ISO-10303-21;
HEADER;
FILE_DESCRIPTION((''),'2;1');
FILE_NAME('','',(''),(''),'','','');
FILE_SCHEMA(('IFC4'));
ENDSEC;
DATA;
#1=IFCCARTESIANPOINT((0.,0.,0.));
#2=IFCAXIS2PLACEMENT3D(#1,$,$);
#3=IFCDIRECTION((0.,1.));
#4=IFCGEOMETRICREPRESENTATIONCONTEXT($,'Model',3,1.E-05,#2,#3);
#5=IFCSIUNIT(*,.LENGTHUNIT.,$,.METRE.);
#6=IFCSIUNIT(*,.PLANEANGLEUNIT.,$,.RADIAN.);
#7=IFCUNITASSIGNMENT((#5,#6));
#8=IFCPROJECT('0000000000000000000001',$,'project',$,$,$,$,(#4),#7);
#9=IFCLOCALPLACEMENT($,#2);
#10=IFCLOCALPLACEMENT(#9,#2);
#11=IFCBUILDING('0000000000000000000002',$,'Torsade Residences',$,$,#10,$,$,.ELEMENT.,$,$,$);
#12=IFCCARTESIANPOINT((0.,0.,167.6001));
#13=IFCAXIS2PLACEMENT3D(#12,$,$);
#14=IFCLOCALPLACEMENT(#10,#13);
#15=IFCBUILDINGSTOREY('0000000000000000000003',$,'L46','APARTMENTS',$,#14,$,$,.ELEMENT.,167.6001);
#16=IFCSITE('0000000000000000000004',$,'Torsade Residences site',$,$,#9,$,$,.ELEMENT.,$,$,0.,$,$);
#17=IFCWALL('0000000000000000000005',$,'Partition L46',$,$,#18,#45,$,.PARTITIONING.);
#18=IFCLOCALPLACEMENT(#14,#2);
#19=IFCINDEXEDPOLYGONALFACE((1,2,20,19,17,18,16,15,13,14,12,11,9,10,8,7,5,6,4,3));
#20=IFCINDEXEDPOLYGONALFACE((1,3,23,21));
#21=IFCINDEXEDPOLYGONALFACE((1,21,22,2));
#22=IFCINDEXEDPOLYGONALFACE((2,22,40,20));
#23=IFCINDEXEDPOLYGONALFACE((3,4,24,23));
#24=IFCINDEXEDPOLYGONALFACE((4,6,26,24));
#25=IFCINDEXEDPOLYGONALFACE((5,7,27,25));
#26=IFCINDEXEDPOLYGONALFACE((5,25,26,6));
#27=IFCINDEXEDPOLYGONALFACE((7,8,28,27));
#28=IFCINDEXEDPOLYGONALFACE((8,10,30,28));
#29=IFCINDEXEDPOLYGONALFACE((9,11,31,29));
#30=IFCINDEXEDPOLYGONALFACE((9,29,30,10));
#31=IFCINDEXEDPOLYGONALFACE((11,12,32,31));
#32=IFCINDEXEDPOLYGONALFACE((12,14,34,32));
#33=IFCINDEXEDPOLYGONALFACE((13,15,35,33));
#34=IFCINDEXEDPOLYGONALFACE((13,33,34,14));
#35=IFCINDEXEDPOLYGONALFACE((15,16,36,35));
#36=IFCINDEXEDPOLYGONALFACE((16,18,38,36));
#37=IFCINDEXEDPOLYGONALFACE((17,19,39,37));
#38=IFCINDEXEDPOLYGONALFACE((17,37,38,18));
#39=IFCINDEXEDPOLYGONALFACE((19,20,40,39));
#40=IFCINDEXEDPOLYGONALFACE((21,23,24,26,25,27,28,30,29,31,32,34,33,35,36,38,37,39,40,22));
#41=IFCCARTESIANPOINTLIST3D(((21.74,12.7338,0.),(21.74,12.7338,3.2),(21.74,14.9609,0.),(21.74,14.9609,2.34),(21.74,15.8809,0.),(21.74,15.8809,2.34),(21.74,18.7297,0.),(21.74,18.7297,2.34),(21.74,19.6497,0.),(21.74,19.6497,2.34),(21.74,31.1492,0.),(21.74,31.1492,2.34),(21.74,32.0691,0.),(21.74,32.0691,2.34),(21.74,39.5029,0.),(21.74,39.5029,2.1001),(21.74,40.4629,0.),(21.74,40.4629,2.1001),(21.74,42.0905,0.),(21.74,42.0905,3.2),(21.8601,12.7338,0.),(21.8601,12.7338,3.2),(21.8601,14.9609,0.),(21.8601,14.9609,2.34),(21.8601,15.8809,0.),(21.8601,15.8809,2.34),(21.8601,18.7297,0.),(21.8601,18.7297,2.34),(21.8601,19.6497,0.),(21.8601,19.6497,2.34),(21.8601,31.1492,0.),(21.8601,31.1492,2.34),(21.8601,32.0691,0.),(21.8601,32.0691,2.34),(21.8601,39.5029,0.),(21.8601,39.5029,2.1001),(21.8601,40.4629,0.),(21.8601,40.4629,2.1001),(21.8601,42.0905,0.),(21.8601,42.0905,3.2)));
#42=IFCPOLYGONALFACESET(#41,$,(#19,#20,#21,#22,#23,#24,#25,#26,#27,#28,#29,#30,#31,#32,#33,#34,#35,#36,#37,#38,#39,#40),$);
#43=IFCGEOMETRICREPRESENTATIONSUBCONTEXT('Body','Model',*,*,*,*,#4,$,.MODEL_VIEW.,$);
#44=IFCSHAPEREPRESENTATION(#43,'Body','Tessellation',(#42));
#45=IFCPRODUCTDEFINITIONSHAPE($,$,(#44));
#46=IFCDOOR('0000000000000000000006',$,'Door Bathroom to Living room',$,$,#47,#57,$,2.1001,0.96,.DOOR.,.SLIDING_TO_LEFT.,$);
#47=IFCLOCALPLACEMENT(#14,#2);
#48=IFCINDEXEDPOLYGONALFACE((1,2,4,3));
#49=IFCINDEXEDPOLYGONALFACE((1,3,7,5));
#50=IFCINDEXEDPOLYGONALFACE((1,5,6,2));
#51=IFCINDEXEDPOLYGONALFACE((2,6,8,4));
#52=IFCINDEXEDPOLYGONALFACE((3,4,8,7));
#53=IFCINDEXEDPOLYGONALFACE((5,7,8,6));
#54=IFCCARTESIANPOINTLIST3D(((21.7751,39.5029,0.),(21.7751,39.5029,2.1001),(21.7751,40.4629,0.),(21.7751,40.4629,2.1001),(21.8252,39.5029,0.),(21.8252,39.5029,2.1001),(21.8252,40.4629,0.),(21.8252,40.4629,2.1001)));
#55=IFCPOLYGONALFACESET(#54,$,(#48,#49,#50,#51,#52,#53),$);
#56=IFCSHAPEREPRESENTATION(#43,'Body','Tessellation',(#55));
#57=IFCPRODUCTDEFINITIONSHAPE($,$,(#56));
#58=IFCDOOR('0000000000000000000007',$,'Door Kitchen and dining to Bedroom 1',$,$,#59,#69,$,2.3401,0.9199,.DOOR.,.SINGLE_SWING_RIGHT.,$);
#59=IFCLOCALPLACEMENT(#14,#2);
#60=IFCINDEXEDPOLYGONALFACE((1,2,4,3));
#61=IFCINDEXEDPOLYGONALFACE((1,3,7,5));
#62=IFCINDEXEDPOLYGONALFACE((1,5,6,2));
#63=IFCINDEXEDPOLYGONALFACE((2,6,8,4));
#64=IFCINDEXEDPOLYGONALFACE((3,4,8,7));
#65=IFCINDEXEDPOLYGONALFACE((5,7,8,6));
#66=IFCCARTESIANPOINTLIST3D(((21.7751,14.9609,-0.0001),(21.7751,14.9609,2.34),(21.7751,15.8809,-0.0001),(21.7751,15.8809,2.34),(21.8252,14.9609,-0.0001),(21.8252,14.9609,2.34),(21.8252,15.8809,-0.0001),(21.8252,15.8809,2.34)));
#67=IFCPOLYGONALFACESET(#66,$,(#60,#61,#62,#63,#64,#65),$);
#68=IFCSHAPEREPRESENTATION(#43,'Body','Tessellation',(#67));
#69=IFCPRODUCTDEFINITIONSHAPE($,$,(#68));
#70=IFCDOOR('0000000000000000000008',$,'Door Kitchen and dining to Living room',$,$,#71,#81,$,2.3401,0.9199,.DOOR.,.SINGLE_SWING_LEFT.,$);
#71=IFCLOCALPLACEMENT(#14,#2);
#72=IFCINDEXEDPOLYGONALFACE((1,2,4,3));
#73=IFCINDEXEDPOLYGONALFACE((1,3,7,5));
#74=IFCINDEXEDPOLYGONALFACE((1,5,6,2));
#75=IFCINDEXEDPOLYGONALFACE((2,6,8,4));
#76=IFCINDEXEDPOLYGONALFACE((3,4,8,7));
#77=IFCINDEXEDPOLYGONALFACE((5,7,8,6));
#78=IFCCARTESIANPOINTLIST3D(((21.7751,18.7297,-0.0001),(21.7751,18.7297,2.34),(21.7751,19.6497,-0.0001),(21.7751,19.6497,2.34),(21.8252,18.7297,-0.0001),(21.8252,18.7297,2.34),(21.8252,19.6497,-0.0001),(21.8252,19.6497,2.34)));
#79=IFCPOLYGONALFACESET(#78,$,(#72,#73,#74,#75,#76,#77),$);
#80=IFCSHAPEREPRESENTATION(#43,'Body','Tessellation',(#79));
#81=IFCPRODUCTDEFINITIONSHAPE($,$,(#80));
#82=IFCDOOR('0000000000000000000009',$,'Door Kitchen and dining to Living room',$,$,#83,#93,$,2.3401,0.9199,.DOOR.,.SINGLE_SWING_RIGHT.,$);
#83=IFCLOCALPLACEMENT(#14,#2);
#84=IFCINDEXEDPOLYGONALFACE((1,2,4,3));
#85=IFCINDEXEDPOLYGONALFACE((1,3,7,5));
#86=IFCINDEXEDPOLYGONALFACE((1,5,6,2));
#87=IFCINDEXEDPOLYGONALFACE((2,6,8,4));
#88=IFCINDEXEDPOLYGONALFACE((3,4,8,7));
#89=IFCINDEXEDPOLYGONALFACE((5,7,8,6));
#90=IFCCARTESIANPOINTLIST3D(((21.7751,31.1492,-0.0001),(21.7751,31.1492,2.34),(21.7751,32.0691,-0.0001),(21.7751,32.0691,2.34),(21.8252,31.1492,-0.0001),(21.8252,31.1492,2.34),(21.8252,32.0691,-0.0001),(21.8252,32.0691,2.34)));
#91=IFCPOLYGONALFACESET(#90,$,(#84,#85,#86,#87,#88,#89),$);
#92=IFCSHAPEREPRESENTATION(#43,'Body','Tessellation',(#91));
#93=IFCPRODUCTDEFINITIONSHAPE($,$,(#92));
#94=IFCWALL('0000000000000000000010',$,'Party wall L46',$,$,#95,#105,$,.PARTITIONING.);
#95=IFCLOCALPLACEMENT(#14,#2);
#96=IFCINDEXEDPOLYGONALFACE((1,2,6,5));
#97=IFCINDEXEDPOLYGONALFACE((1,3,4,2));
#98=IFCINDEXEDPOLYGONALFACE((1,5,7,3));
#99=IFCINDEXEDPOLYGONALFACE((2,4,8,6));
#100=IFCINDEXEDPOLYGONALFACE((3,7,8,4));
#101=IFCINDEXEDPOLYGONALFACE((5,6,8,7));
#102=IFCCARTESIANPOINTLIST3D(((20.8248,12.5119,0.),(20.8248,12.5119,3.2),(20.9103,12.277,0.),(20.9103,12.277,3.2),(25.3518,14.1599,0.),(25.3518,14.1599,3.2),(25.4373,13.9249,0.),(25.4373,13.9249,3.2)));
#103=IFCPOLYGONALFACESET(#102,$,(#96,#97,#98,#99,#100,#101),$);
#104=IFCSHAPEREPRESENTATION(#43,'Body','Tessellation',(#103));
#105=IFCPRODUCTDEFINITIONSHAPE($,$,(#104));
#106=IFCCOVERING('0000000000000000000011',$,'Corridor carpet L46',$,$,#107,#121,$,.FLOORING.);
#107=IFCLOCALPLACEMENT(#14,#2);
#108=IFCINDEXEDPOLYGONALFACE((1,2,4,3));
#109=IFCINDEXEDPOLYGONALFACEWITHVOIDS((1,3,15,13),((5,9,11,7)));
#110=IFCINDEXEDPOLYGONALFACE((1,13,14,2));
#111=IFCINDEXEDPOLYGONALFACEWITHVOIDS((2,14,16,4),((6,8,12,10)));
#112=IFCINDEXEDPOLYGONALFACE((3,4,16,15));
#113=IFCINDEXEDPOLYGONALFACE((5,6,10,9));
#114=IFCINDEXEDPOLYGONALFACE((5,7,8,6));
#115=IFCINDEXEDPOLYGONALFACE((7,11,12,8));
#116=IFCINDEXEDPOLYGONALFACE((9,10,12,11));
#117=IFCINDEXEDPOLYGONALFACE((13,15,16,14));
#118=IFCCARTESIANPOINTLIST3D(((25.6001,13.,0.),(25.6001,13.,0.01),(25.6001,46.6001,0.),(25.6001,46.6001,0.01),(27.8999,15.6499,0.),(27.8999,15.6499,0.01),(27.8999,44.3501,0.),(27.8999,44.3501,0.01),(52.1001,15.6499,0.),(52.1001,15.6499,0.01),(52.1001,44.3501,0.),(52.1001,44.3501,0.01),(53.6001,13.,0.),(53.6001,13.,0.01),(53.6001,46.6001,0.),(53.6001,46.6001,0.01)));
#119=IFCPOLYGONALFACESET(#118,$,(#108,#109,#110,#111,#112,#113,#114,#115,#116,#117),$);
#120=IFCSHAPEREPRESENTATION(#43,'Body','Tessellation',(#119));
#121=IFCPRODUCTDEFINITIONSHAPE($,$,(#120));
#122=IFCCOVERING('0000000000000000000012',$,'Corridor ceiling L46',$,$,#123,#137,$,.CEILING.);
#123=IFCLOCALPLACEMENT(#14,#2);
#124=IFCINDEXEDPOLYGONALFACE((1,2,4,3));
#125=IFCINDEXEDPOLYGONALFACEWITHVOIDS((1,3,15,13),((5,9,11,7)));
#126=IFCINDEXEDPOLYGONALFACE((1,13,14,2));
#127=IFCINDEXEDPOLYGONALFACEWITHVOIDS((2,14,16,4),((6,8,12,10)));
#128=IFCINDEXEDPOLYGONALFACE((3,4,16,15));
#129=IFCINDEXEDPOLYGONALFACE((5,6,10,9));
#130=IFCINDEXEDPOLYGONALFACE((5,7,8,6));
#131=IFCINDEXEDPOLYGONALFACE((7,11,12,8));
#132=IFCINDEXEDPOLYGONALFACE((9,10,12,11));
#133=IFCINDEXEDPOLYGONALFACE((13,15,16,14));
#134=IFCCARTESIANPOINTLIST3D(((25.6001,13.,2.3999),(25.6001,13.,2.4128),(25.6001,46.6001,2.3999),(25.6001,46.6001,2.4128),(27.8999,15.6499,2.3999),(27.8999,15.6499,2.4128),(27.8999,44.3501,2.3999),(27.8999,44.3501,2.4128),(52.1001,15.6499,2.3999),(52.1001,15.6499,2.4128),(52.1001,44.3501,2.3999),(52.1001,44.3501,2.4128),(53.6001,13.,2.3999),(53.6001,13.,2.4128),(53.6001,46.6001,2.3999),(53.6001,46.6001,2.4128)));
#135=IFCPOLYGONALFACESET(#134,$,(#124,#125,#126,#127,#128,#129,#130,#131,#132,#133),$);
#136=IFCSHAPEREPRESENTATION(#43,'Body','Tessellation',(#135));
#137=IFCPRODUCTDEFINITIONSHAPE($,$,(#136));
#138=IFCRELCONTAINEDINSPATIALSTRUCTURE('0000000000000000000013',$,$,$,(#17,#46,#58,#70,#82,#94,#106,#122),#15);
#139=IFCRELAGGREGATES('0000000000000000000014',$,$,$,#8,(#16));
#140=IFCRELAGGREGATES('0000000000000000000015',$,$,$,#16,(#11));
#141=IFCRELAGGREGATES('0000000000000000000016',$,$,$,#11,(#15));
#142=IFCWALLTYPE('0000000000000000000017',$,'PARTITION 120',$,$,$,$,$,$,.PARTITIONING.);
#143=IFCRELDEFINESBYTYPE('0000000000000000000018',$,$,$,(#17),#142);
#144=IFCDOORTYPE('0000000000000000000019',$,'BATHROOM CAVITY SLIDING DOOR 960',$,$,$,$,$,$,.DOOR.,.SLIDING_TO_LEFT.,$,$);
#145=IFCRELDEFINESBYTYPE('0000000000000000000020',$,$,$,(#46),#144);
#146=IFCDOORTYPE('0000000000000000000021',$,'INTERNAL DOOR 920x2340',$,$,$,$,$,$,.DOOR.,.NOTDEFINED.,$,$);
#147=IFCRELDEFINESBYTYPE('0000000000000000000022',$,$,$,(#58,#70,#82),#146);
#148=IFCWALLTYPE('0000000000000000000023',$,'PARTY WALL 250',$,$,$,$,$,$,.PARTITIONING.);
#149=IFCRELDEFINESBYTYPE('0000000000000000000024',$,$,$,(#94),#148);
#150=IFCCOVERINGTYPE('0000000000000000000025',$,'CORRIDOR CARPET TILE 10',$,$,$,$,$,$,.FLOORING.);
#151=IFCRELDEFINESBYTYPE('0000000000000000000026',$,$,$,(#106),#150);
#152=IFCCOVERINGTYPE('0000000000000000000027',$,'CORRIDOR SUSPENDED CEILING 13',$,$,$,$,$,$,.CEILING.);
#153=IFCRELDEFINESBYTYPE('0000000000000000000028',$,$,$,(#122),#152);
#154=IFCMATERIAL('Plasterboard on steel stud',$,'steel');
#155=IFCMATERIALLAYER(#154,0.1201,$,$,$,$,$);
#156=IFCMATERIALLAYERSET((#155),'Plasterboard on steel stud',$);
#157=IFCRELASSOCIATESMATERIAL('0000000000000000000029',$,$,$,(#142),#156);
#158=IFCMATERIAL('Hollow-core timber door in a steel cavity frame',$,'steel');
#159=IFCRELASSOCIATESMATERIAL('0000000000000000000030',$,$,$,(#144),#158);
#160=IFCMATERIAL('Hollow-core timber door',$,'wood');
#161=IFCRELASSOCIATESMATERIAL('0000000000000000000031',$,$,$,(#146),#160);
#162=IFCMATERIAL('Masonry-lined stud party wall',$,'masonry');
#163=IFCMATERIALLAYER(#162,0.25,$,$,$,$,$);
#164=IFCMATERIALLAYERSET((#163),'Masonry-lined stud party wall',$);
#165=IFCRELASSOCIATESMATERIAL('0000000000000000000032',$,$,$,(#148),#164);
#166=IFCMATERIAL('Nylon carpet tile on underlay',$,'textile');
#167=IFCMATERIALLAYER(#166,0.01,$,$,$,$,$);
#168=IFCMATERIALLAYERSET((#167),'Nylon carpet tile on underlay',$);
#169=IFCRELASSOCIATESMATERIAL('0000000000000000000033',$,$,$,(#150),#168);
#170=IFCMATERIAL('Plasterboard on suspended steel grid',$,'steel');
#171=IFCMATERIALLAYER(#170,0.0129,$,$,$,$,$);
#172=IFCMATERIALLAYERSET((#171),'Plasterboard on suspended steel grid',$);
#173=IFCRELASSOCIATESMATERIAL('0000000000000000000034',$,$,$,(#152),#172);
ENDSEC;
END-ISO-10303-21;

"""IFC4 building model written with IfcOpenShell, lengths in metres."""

from ifc_helpers import new_model, si_unit, direction, frame, frame_2d, origin, place, context, subcontext, project, spatial, polyline, rectangle, outline, extrude, material, layer, layer_set, type_object, element, fill, save


model = new_model("IFC4")

# Units and contexts
model_context = context("Model", 3, precision=1e-05, world=origin(), true_north=direction((0.0, 1.0)))
body_context = subcontext(model_context, "Body", "Model", "MODEL_VIEW")
ifc_project = project(units=[si_unit("LENGTHUNIT", "METRE"), si_unit("PLANEANGLEUNIT", "RADIAN")], contexts=[model_context])

# Site, building, storey
site_placement = place(None, origin())
site = spatial("IfcSite", under=ifc_project, at=site_placement, Name="Torsade Residences site", CompositionType="ELEMENT", RefElevation=0.0)
building_placement = place(site_placement, origin())
building = spatial("IfcBuilding", under=site, at=building_placement, Name="Torsade Residences", CompositionType="ELEMENT")
storey_placement = place(building_placement, frame((0.0, 0.0, 167.6001)))
storey = spatial("IfcBuildingStorey", under=building, at=storey_placement, Name="L46", Description="APARTMENTS", CompositionType="ELEMENT", Elevation=167.6001)

# Wall, openings, doors
ifc_material_1 = material(Name="Plasterboard on steel stud", Category="steel")
ifc_layer_1 = layer(ifc_material_1, 0.1201)
ifc_layer_set_1 = layer_set([ifc_layer_1], Name="Plasterboard on steel stud")
wall_type_1 = type_object("IfcWallType", Name="PARTITION 120", PredefinedType="PARTITIONING", material=ifc_layer_set_1)
wall_1_placement = place(storey_placement, frame((21.8, 12.7339, 0.0), z_axis=(0.0, 0.0, 1.0), x_axis=(0.0, 1.0, 0.0)))
wall_1 = element("IfcWall", 1, at=wall_1_placement, inside=storey, type_object=wall_type_1, Name="Partition L46", PredefinedType="PARTITIONING", context=body_context, shape_type="SweptSolid", body=[
    extrude(rectangle(XDim=29.3567, YDim=0.1201, at=frame_2d((14.6782, 0.0))), origin(), (0.0, 0.0, 1.0), 3.2),
])
opening_1_placement = place(wall_1_placement, frame((2.2271, 0.0, 0.0)))
opening_1 = element("IfcOpeningElement", 2, at=opening_1_placement, cuts=wall_1, PredefinedType="OPENING", context=body_context, shape_type="SweptSolid", body=[
    extrude(rectangle(XDim=0.9199, YDim=2.3401, at=frame_2d((0.46, 1.1699))), frame((0.0, 0.0701, 0.0), z_axis=(0.0, -1.0, 0.0), x_axis=(1.0, 0.0, 0.0)), (0.0, 0.0, 1.0), 0.1401),
])
opening_2_placement = place(wall_1_placement, frame((5.9958, 0.0, 0.0)))
opening_2 = element("IfcOpeningElement", 3, at=opening_2_placement, cuts=wall_1, PredefinedType="OPENING", context=body_context, shape_type="SweptSolid", body=[
    extrude(rectangle(XDim=0.9199, YDim=2.3401, at=frame_2d((0.46, 1.1699))), frame((0.0, 0.0701, 0.0), z_axis=(0.0, -1.0, 0.0), x_axis=(1.0, 0.0, 0.0)), (0.0, 0.0, 1.0), 0.1401),
])
opening_3_placement = place(wall_1_placement, frame((18.4153, 0.0, 0.0)))
opening_3 = element("IfcOpeningElement", 4, at=opening_3_placement, cuts=wall_1, PredefinedType="OPENING", context=body_context, shape_type="SweptSolid", body=[
    extrude(rectangle(XDim=0.9199, YDim=2.3401, at=frame_2d((0.46, 1.1699))), frame((0.0, 0.0701, 0.0), z_axis=(0.0, -1.0, 0.0), x_axis=(1.0, 0.0, 0.0)), (0.0, 0.0, 1.0), 0.1401),
])
opening_4_placement = place(wall_1_placement, frame((26.769, 0.0, 0.0)))
opening_4 = element("IfcOpeningElement", 5, at=opening_4_placement, cuts=wall_1, PredefinedType="OPENING", context=body_context, shape_type="SweptSolid", body=[
    extrude(rectangle(XDim=0.96, YDim=2.1001, at=frame_2d((0.48, 1.05))), frame((0.0, 0.0701, 0.0), z_axis=(0.0, -1.0, 0.0), x_axis=(1.0, 0.0, 0.0)), (0.0, 0.0, 1.0), 0.1401),
])
ifc_material_2 = material(Name="Hollow-core timber door in a steel cavity frame", Category="steel")
door_type_1 = type_object("IfcDoorType", Name="BATHROOM CAVITY SLIDING DOOR 960", OperationType="SLIDING_TO_LEFT", PredefinedType="DOOR", material=ifc_material_2)
door_1_placement = place(opening_4_placement, origin())
door_1 = element("IfcDoor", 6, at=door_1_placement, inside=storey, type_object=door_type_1, Name="Door Bathroom to Living room", OperationType="SLIDING_TO_LEFT", OverallHeight=2.1001, OverallWidth=0.96, PredefinedType="DOOR", context=body_context, shape_type="SweptSolid", body=[
    extrude(rectangle(XDim=0.96, YDim=2.1001, at=frame_2d((0.48, 1.05))), frame((0.0, 0.0249, 0.0), z_axis=(0.0, -1.0, 0.0), x_axis=(1.0, 0.0, 0.0)), (0.0, 0.0, 1.0), 0.05),
])
fill(opening_4, door_1)
ifc_material_3 = material(Name="Hollow-core timber door", Category="wood")
door_type_2 = type_object("IfcDoorType", Name="INTERNAL DOOR 920x2340", OperationType="NOTDEFINED", PredefinedType="DOOR", material=ifc_material_3)
door_2_placement = place(opening_1_placement, origin())
door_2 = element("IfcDoor", 7, at=door_2_placement, inside=storey, type_object=door_type_2, Name="Door Kitchen and dining to Bedroom 1", OperationType="SINGLE_SWING_RIGHT", OverallHeight=2.3401, OverallWidth=0.9199, PredefinedType="DOOR", context=body_context, shape_type="SweptSolid", body=[
    extrude(rectangle(XDim=0.9199, YDim=2.3401, at=frame_2d((0.46, 1.1699))), frame((0.0, 0.0249, 0.0), z_axis=(0.0, -1.0, 0.0), x_axis=(1.0, 0.0, 0.0)), (0.0, 0.0, 1.0), 0.05),
])
fill(opening_1, door_2)
door_3_placement = place(opening_2_placement, origin())
door_3 = element("IfcDoor", 8, at=door_3_placement, inside=storey, type_object=door_type_2, Name="Door Kitchen and dining to Living room", OperationType="SINGLE_SWING_LEFT", OverallHeight=2.3401, OverallWidth=0.9199, PredefinedType="DOOR", context=body_context, shape_type="SweptSolid", body=[
    extrude(rectangle(XDim=0.9199, YDim=2.3401, at=frame_2d((0.46, 1.1699))), frame((0.0, 0.0249, 0.0), z_axis=(0.0, -1.0, 0.0), x_axis=(1.0, 0.0, 0.0)), (0.0, 0.0, 1.0), 0.05),
])
fill(opening_2, door_3)
door_4_placement = place(opening_3_placement, origin())
door_4 = element("IfcDoor", 9, at=door_4_placement, inside=storey, type_object=door_type_2, Name="Door Kitchen and dining to Living room", OperationType="SINGLE_SWING_RIGHT", OverallHeight=2.3401, OverallWidth=0.9199, PredefinedType="DOOR", context=body_context, shape_type="SweptSolid", body=[
    extrude(rectangle(XDim=0.9199, YDim=2.3401, at=frame_2d((0.46, 1.1699))), frame((0.0, 0.0249, 0.0), z_axis=(0.0, -1.0, 0.0), x_axis=(1.0, 0.0, 0.0)), (0.0, 0.0, 1.0), 0.05),
])
fill(opening_3, door_4)

# Wall
ifc_material_4 = material(Name="Masonry-lined stud party wall", Category="masonry")
ifc_layer_2 = layer(ifc_material_4, 0.25)
ifc_layer_set_2 = layer_set([ifc_layer_2], Name="Masonry-lined stud party wall")
wall_type_2 = type_object("IfcWallType", Name="PARTY WALL 250", PredefinedType="PARTITIONING", material=ifc_layer_set_2)
wall_2_placement = place(storey_placement, frame((20.8677, 12.3945, 0.0), z_axis=(0.0, 0.0, 1.0), x_axis=(0.939678, 0.34206, 0.0)))
element("IfcWall", 10, at=wall_2_placement, inside=storey, type_object=wall_type_2, Name="Party wall L46", PredefinedType="PARTITIONING", context=body_context, shape_type="SweptSolid", body=[
    extrude(rectangle(XDim=4.8176, YDim=0.25, at=frame_2d((2.4087, 0.0))), origin(), (0.0, 0.0, 1.0), 3.2),
])

# Coverings
ifc_material_5 = material(Name="Nylon carpet tile on underlay", Category="textile")
ifc_layer_3 = layer(ifc_material_5, 0.01)
ifc_layer_set_3 = layer_set([ifc_layer_3], Name="Nylon carpet tile on underlay")
covering_type_1 = type_object("IfcCoveringType", Name="CORRIDOR CARPET TILE 10", PredefinedType="FLOORING", material=ifc_layer_set_3)
covering_1_placement = place(storey_placement, origin())
element("IfcCovering", 11, at=covering_1_placement, inside=storey, type_object=covering_type_1, Name="Corridor carpet L46", PredefinedType="FLOORING", context=body_context, shape_type="SweptSolid", body=[
    extrude(outline(polyline([(25.6001, 46.6001), (25.6001, 13.0), (53.6001, 13.0), (53.6001, 46.6001), (25.6001, 46.6001)]), holes=[polyline([(52.1001, 44.3501), (27.8999, 44.3501), (27.8999, 15.6499), (52.1001, 15.6499), (52.1001, 44.3501)])]), origin(), (0.0, 0.0, 1.0), 0.01),
])
ifc_material_6 = material(Name="Plasterboard on suspended steel grid", Category="steel")
ifc_layer_4 = layer(ifc_material_6, 0.0129)
ifc_layer_set_4 = layer_set([ifc_layer_4], Name="Plasterboard on suspended steel grid")
covering_type_2 = type_object("IfcCoveringType", Name="CORRIDOR SUSPENDED CEILING 13", PredefinedType="CEILING", material=ifc_layer_set_4)
covering_2_placement = place(storey_placement, frame((0.0, 0.0, 2.3999)))
element("IfcCovering", 12, at=covering_2_placement, inside=storey, type_object=covering_type_2, Name="Corridor ceiling L46", PredefinedType="CEILING", context=body_context, shape_type="SweptSolid", body=[
    extrude(outline(polyline([(25.6001, 46.6001), (25.6001, 13.0), (53.6001, 13.0), (53.6001, 46.6001), (25.6001, 46.6001)]), holes=[polyline([(52.1001, 44.3501), (27.8999, 44.3501), (27.8999, 15.6499), (52.1001, 15.6499), (52.1001, 44.3501)])]), origin(), (0.0, 0.0, 1.0), 0.0129),
])

save(model, "model.ifc")
